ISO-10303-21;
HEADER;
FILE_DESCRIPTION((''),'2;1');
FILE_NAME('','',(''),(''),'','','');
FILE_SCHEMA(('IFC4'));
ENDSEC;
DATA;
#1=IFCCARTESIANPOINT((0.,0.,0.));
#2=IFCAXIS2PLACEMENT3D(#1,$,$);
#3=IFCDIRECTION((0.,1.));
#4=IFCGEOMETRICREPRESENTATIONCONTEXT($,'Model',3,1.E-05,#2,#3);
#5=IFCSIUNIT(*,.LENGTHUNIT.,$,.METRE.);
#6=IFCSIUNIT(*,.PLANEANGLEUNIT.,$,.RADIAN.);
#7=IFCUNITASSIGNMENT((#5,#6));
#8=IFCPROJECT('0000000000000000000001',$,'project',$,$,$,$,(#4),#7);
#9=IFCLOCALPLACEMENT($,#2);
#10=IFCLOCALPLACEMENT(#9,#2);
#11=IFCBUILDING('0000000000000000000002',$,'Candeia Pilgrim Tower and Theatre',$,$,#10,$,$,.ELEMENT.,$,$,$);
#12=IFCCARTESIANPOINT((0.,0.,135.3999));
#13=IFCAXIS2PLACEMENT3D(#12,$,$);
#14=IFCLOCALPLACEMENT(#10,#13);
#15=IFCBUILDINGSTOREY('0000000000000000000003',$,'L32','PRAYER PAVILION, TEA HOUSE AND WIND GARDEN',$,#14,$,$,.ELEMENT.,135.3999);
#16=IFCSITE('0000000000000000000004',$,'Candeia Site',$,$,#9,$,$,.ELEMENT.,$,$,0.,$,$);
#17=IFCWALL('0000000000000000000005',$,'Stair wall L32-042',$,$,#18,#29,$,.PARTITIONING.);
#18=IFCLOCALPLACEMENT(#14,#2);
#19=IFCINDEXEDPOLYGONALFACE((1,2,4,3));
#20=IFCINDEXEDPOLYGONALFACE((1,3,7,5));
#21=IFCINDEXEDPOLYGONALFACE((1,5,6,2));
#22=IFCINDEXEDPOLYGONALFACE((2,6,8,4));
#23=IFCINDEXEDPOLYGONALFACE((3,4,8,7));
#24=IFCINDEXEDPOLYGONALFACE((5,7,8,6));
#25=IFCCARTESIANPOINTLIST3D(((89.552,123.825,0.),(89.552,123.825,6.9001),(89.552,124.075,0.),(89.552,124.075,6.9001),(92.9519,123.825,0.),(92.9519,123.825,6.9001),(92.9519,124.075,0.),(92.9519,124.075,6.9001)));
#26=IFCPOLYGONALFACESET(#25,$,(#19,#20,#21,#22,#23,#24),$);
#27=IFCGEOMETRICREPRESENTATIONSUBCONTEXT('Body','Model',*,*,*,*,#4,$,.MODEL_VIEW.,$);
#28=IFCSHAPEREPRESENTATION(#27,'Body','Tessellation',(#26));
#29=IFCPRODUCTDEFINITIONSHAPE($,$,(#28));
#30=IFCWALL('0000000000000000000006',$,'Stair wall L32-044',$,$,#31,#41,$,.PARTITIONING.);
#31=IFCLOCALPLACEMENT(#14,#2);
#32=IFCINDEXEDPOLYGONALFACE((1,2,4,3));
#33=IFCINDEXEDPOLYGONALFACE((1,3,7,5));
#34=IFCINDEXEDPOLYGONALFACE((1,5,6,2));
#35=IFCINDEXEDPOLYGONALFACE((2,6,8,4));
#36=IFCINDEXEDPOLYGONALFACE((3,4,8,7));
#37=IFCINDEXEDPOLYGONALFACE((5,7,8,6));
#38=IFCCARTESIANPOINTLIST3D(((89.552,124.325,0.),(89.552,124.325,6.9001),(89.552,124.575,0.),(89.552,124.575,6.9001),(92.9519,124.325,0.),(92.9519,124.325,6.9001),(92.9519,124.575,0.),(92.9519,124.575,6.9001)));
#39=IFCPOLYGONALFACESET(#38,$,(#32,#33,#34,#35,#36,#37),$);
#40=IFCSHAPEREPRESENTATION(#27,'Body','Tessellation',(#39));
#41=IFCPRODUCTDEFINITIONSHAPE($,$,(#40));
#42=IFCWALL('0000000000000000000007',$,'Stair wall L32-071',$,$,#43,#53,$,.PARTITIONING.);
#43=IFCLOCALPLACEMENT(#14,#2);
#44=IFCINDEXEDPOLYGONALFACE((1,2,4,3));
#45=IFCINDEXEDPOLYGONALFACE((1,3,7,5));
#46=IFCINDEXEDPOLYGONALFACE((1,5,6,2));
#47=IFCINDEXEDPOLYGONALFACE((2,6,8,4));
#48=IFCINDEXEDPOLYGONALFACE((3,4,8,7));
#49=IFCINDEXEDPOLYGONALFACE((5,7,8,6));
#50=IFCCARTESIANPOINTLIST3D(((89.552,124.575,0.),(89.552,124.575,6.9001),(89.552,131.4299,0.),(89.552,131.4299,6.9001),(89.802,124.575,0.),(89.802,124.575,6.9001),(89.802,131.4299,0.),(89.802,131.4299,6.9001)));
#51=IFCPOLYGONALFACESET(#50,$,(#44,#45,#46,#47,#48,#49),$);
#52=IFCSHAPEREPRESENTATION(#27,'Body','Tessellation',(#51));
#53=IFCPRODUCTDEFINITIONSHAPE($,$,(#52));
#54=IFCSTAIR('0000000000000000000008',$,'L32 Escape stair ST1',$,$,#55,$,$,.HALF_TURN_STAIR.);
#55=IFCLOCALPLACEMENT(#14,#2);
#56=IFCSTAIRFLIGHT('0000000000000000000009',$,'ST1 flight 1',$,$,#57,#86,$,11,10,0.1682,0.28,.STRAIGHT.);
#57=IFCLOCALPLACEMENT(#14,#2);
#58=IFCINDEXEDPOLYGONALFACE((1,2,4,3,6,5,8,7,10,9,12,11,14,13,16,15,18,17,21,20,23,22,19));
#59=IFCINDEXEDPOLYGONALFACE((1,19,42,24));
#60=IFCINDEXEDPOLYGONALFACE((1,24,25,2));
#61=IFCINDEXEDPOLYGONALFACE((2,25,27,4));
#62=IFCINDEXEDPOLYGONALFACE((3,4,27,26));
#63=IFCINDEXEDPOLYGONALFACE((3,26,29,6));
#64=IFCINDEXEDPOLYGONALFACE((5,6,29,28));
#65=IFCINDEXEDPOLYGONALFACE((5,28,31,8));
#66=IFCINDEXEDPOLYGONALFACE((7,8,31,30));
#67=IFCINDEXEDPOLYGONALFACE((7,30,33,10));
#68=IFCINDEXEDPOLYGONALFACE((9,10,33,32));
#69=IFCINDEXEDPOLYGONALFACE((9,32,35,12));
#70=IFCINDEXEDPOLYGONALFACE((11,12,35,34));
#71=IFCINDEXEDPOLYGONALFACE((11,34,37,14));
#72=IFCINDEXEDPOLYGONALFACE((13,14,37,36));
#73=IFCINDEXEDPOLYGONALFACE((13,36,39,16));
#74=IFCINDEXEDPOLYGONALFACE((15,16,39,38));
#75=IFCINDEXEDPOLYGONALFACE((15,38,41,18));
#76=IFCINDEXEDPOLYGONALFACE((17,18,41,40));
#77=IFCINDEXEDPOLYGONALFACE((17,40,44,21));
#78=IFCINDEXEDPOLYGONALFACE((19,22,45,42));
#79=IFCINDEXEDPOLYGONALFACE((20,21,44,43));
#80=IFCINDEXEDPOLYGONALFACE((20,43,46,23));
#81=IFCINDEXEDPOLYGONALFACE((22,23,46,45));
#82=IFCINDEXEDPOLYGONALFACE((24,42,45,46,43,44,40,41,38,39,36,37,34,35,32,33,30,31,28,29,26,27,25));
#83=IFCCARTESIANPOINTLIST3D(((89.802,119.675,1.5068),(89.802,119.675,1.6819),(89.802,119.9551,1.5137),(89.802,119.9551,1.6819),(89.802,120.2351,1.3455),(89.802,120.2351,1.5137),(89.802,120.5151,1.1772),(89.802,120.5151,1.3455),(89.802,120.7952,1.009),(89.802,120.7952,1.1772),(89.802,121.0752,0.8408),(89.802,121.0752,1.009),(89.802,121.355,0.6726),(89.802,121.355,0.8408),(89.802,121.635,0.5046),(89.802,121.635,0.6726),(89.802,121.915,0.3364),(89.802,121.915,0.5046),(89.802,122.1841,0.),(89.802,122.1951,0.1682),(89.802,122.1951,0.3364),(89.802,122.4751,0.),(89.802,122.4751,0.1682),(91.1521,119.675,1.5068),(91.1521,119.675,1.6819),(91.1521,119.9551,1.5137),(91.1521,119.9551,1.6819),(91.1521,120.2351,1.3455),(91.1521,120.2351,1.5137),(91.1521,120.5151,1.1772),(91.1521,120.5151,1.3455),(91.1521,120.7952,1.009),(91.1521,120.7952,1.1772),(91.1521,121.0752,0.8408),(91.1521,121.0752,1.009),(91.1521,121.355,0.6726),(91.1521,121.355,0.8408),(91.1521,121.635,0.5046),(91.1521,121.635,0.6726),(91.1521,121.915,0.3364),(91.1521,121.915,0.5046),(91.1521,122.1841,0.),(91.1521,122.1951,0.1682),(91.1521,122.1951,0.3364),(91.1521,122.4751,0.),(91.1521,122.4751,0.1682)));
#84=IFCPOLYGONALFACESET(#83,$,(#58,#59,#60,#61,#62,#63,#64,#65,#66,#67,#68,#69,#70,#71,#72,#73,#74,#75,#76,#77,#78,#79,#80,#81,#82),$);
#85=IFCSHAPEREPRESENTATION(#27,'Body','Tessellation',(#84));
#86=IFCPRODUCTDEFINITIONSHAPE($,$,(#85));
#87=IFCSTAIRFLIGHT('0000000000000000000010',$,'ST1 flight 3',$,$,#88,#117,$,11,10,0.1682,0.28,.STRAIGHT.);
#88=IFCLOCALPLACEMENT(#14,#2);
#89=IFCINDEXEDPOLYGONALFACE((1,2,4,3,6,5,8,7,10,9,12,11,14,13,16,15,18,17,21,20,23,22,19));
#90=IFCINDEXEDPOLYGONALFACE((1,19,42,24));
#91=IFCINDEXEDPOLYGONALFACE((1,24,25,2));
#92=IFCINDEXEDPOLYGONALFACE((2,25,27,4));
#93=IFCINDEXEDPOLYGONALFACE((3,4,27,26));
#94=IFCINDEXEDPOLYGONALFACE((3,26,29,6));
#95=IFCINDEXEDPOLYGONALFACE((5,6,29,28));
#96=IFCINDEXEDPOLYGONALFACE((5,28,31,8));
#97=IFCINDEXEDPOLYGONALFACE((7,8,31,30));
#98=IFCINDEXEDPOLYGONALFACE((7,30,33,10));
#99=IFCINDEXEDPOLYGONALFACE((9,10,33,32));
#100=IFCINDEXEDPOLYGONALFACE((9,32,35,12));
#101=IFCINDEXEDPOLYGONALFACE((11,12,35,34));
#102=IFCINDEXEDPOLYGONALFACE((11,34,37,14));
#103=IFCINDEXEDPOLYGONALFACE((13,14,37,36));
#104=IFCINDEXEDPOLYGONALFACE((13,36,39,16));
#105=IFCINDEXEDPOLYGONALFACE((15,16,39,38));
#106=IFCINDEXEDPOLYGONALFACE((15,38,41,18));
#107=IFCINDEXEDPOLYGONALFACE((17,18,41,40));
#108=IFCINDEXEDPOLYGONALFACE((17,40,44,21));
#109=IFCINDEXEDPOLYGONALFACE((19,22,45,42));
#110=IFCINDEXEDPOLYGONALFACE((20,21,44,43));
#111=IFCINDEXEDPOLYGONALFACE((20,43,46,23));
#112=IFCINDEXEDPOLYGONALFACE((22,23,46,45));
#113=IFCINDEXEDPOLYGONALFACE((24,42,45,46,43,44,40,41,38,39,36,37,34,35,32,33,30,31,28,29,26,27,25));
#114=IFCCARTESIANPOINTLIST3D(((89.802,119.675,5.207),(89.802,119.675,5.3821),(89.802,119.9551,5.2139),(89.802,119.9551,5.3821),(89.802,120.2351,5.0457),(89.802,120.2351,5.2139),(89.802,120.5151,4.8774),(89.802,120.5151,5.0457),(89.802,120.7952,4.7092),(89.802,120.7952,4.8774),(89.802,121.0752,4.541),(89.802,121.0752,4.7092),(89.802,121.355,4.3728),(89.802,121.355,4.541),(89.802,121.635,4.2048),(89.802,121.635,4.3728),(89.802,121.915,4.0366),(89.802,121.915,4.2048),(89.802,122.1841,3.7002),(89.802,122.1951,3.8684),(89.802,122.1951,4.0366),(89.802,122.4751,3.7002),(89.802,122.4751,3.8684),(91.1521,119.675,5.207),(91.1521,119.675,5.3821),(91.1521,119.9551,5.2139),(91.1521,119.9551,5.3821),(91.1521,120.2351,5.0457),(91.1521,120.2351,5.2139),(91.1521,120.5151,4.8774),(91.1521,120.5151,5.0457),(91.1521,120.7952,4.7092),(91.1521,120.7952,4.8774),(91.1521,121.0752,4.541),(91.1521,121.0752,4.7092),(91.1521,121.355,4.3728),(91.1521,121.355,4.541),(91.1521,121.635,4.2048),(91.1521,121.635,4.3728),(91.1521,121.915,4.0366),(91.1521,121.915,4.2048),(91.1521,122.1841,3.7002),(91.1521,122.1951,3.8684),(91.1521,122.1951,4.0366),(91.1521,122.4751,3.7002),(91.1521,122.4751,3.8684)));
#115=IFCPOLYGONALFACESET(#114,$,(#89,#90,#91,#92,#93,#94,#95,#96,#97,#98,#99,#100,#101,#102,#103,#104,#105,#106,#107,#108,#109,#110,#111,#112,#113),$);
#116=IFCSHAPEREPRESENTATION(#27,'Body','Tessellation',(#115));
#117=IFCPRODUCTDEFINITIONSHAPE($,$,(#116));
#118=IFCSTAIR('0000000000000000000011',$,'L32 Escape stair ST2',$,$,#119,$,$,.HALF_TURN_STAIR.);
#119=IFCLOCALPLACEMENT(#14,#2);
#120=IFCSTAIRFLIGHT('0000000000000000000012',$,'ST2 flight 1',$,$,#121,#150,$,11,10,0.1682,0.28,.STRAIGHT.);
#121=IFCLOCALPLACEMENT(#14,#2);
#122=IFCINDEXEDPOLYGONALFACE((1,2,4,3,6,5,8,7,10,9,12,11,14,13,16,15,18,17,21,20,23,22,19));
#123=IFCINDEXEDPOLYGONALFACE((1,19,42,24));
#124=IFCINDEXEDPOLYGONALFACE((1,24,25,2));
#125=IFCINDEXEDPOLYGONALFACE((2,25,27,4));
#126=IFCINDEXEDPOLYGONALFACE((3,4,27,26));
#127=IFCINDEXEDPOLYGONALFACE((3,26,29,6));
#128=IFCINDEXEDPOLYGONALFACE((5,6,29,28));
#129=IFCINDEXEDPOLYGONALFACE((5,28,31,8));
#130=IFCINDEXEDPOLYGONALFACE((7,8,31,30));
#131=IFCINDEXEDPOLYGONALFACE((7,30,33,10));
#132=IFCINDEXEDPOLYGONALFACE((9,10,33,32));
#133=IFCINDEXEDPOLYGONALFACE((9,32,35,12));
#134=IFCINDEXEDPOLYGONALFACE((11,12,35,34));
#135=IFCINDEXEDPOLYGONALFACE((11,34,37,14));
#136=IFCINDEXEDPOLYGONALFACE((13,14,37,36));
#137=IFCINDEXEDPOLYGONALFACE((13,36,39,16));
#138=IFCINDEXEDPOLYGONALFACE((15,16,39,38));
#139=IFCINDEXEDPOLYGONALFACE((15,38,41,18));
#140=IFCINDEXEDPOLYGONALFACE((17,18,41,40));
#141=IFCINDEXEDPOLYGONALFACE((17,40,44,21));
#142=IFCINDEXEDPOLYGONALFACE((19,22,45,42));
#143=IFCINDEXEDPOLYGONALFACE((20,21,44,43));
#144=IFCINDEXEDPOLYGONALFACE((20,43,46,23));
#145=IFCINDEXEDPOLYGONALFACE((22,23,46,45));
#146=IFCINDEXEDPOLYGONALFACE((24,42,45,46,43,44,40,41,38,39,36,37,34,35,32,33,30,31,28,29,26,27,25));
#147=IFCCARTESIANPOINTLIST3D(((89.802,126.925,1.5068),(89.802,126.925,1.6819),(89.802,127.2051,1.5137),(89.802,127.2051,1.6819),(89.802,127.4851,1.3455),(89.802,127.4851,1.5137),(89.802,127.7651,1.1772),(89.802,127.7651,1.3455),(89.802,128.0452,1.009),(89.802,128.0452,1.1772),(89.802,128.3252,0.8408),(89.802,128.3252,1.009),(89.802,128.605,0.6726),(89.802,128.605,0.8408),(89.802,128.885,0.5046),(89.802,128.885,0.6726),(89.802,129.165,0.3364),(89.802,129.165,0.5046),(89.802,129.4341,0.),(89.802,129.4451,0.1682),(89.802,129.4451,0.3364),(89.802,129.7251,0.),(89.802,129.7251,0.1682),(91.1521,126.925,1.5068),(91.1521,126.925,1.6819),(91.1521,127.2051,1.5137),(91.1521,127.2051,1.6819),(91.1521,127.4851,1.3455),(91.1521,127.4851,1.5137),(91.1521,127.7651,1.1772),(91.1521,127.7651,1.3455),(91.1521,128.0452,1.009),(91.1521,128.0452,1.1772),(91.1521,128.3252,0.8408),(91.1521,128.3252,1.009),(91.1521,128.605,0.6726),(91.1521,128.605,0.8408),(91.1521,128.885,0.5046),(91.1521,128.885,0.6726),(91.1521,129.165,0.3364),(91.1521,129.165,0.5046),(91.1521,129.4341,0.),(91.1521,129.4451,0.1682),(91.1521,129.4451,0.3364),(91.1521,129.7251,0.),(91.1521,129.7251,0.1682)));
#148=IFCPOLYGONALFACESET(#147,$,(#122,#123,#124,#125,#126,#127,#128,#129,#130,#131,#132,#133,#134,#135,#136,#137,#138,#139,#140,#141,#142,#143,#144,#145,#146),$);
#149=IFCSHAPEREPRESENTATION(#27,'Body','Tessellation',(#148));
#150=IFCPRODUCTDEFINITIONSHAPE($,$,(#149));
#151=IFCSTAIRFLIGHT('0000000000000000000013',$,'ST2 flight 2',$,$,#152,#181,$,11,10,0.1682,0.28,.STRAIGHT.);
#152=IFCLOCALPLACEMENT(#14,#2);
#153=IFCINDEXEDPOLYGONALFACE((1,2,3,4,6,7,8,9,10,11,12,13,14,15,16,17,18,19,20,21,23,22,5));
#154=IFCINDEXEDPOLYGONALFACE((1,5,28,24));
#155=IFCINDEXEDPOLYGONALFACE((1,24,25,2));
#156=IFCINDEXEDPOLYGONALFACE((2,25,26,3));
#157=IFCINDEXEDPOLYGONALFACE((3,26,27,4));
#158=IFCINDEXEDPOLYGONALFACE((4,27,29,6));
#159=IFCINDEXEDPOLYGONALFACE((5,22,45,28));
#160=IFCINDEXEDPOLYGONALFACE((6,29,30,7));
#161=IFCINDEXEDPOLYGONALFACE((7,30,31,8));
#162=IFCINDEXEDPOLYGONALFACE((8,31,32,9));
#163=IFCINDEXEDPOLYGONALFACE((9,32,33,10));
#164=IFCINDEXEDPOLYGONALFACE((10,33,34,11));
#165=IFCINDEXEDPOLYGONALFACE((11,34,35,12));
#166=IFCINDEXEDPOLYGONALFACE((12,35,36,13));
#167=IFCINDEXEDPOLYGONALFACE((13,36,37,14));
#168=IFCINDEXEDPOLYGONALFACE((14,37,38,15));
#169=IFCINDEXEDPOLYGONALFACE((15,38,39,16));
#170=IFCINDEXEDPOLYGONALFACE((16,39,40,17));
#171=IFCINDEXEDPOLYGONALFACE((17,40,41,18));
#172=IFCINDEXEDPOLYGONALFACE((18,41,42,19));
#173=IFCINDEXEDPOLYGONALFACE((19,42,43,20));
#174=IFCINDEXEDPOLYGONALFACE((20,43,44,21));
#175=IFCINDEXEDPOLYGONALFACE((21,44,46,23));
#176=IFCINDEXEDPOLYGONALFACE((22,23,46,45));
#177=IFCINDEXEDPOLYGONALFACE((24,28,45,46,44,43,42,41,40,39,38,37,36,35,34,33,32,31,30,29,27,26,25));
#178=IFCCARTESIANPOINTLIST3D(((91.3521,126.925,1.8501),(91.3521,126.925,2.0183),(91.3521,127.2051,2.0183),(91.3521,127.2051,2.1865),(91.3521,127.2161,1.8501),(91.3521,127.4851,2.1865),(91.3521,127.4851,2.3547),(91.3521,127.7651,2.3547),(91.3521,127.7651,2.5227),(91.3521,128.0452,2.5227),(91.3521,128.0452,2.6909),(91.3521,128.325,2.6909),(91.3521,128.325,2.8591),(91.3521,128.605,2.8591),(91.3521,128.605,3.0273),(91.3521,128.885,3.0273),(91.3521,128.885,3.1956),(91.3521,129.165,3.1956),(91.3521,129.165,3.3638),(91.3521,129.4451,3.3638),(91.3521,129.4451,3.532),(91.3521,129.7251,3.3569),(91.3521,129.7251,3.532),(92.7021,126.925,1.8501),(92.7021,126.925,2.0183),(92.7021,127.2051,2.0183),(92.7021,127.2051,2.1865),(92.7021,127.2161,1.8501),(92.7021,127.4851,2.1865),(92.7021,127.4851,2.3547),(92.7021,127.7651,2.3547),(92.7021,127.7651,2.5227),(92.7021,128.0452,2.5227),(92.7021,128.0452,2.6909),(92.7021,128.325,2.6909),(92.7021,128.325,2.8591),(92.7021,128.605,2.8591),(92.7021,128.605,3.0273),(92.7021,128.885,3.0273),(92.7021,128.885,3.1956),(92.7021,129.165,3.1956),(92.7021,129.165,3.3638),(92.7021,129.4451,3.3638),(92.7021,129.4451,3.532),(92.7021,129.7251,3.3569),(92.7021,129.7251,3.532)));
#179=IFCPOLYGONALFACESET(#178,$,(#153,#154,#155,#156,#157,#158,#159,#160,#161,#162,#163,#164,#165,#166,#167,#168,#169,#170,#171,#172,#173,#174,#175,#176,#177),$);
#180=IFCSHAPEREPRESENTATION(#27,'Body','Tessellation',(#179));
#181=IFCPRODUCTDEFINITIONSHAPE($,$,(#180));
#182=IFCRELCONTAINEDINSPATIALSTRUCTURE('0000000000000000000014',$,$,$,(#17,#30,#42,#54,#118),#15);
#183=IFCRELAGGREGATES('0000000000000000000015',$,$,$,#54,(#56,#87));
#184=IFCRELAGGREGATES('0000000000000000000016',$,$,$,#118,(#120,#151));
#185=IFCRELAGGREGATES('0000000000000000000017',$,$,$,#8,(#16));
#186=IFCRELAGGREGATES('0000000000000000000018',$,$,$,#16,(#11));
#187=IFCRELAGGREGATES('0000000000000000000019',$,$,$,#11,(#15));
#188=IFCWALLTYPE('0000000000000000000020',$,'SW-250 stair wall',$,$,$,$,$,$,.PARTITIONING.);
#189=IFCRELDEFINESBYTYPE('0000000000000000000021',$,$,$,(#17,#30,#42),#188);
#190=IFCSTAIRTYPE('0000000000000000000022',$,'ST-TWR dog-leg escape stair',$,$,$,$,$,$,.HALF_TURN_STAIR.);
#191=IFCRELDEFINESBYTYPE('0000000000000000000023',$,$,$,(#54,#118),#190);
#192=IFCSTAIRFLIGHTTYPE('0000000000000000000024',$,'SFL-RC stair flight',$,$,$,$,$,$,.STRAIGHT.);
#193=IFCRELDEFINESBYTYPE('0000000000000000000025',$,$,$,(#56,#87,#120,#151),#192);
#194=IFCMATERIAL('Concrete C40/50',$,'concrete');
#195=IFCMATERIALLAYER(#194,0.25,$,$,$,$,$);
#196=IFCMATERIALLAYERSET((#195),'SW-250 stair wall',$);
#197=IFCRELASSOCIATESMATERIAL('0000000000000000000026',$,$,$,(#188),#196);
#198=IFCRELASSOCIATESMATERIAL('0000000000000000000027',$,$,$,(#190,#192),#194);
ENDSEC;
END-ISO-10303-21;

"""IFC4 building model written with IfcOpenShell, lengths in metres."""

from ifc_helpers import new_model, si_unit, direction, frame, frame_2d, origin, place, context, subcontext, project, spatial, polyline, rectangle, outline, extrude, material, layer, layer_set, type_object, element, aggregate, save


model = new_model("IFC4")

# Units and contexts
model_context = context("Model", 3, precision=1e-05, world=origin(), true_north=direction((0.0, 1.0)))
body_context = subcontext(model_context, "Body", "Model", "MODEL_VIEW")
ifc_project = project(units=[si_unit("LENGTHUNIT", "METRE"), si_unit("PLANEANGLEUNIT", "RADIAN")], contexts=[model_context])

# Site, building, storey
site_placement = place(None, origin())
site = spatial("IfcSite", under=ifc_project, at=site_placement, Name="Candeia Site", CompositionType="ELEMENT", RefElevation=0.0)
building_placement = place(site_placement, origin())
building = spatial("IfcBuilding", under=site, at=building_placement, Name="Candeia Pilgrim Tower and Theatre", CompositionType="ELEMENT")
storey_placement = place(building_placement, frame((0.0, 0.0, 135.3999)))
storey = spatial("IfcBuildingStorey", under=building, at=storey_placement, Name="L32", Description="PRAYER PAVILION, TEA HOUSE AND WIND GARDEN", CompositionType="ELEMENT", Elevation=135.3999)

# Walls
ifc_material_1 = material(Name="Concrete C40/50", Category="concrete")
ifc_layer = layer(ifc_material_1, 0.25)
ifc_layer_set = layer_set([ifc_layer], Name="SW-250 stair wall")
wall_type = type_object("IfcWallType", Name="SW-250 stair wall", PredefinedType="PARTITIONING", material=ifc_layer_set)
for number, where, z_axis, x_axis, name in (
    (1, (89.552, 123.95, 0.0), (0.0, 0.0, 1.0), (1.0, 0.0, 0.0), "Stair wall L32-042"),
    (2, (89.552, 124.45, 0.0), (0.0, 0.0, 1.0), (1.0, 0.0, 0.0), "Stair wall L32-044"),
):
    element("IfcWall", number, at=place(storey_placement, frame(where, z_axis=z_axis, x_axis=x_axis)), inside=storey, type_object=wall_type, Name=name, PredefinedType="PARTITIONING", context=body_context, shape_type="SweptSolid", body=[
        extrude(rectangle(XDim=3.3999, YDim=0.25, at=frame_2d((1.7, 0.0))), origin(), (0.0, 0.0, 1.0), 6.9001),
    ])
wall_placement = place(storey_placement, frame((89.677, 124.575, 0.0), z_axis=(0.0, 0.0, 1.0), x_axis=(0.0, 1.0, 0.0)))
element("IfcWall", 3, at=wall_placement, inside=storey, type_object=wall_type, Name="Stair wall L32-071", PredefinedType="PARTITIONING", context=body_context, shape_type="SweptSolid", body=[
    extrude(rectangle(XDim=6.855, YDim=0.25, at=frame_2d((3.4275, 0.0))), origin(), (0.0, 0.0, 1.0), 6.9001),
])

# Stairs, stair flights
stair_type = type_object("IfcStairType", Name="ST-TWR dog-leg escape stair", PredefinedType="HALF_TURN_STAIR", material=ifc_material_1)
stair_1_placement = place(storey_placement, origin())
stair_1 = element("IfcStair", 4, at=stair_1_placement, inside=storey, type_object=stair_type, Name="L32 Escape stair ST1", PredefinedType="HALF_TURN_STAIR")
stair_flight_type = type_object("IfcStairFlightType", Name="SFL-RC stair flight", PredefinedType="STRAIGHT", material=ifc_material_1)
stair_flight_1_placement = place(storey_placement, frame((90.4771, 122.4751, 0.0), z_axis=(0.0, 0.0, 1.0), x_axis=(0.0, -1.0, 0.0)))
stair_flight_1 = element("IfcStairFlight", 5, at=stair_flight_1_placement, type_object=stair_flight_type, Name="ST1 flight 1", NumberOfRisers=11, NumberOfTreads=10, PredefinedType="STRAIGHT", RiserHeight=0.1682, TreadLength=0.28, context=body_context, shape_type="SweptSolid", body=[
    extrude(outline(polyline([(0.0, 0.0), (0.0, 0.1682), (0.28, 0.1682), (0.28, 0.3364), (0.5601, 0.3364), (0.5601, 0.5046), (0.8401, 0.5046), (0.8401, 0.6726), (1.1201, 0.6726), (1.1201, 0.8408), (1.3999, 0.8408), (1.3999, 1.009), (1.6799, 1.009), (1.6799, 1.1772), (1.96, 1.1772), (1.96, 1.3455), (2.24, 1.3455), (2.24, 1.5137), (2.52, 1.5137), (2.52, 1.6819), (2.8, 1.6819), (2.8, 1.8501), (2.8, 1.5068), (0.291, 0.0), (0.0, 0.0)])), frame((0.0, 0.675, 0.0), z_axis=(0.0, -1.0, 0.0), x_axis=(1.0, 0.0, 0.0)), (0.0, 0.0, 1.0), 1.3501),
])
stair_flight_2_placement = place(storey_placement, frame((90.4771, 122.4751, 3.7002), z_axis=(0.0, 0.0, 1.0), x_axis=(0.0, -1.0, 0.0)))
stair_flight_2 = element("IfcStairFlight", 6, at=stair_flight_2_placement, type_object=stair_flight_type, Name="ST1 flight 3", NumberOfRisers=11, NumberOfTreads=10, PredefinedType="STRAIGHT", RiserHeight=0.1682, TreadLength=0.28, context=body_context, shape_type="SweptSolid", body=[
    extrude(outline(polyline([(0.0, 0.0), (0.0, 0.1682), (0.28, 0.1682), (0.28, 0.3364), (0.5601, 0.3364), (0.5601, 0.5046), (0.8401, 0.5046), (0.8401, 0.6726), (1.1201, 0.6726), (1.1201, 0.8408), (1.3999, 0.8408), (1.3999, 1.009), (1.6799, 1.009), (1.6799, 1.1772), (1.96, 1.1772), (1.96, 1.3455), (2.24, 1.3455), (2.24, 1.5137), (2.52, 1.5137), (2.52, 1.6819), (2.8, 1.6819), (2.8, 1.8501), (2.8, 1.5068), (0.291, 0.0), (0.0, 0.0)])), frame((0.0, 0.675, 0.0), z_axis=(0.0, -1.0, 0.0), x_axis=(1.0, 0.0, 0.0)), (0.0, 0.0, 1.0), 1.3501),
])
aggregate(stair_1, [stair_flight_1, stair_flight_2])
stair_2_placement = place(storey_placement, origin())
stair_2 = element("IfcStair", 7, at=stair_2_placement, inside=storey, type_object=stair_type, Name="L32 Escape stair ST2", PredefinedType="HALF_TURN_STAIR")
stair_flight_3_placement = place(storey_placement, frame((90.4771, 129.7251, 0.0), z_axis=(0.0, 0.0, 1.0), x_axis=(0.0, -1.0, 0.0)))
stair_flight_3 = element("IfcStairFlight", 8, at=stair_flight_3_placement, type_object=stair_flight_type, Name="ST2 flight 1", NumberOfRisers=11, NumberOfTreads=10, PredefinedType="STRAIGHT", RiserHeight=0.1682, TreadLength=0.28, context=body_context, shape_type="SweptSolid", body=[
    extrude(outline(polyline([(0.0, 0.0), (0.0, 0.1682), (0.28, 0.1682), (0.28, 0.3364), (0.5601, 0.3364), (0.5601, 0.5046), (0.8401, 0.5046), (0.8401, 0.6726), (1.1201, 0.6726), (1.1201, 0.8408), (1.3999, 0.8408), (1.3999, 1.009), (1.6799, 1.009), (1.6799, 1.1772), (1.96, 1.1772), (1.96, 1.3455), (2.24, 1.3455), (2.24, 1.5137), (2.52, 1.5137), (2.52, 1.6819), (2.8, 1.6819), (2.8, 1.8501), (2.8, 1.5068), (0.291, 0.0), (0.0, 0.0)])), frame((0.0, 0.675, 0.0), z_axis=(0.0, -1.0, 0.0), x_axis=(1.0, 0.0, 0.0)), (0.0, 0.0, 1.0), 1.3501),
])
stair_flight_4_placement = place(storey_placement, frame((92.0271, 126.925, 1.8501), z_axis=(0.0, 0.0, 1.0), x_axis=(0.0, 1.0, 0.0)))
stair_flight_4 = element("IfcStairFlight", 9, at=stair_flight_4_placement, type_object=stair_flight_type, Name="ST2 flight 2", NumberOfRisers=11, NumberOfTreads=10, PredefinedType="STRAIGHT", RiserHeight=0.1682, TreadLength=0.28, context=body_context, shape_type="SweptSolid", body=[
    extrude(outline(polyline([(0.0, 0.0), (0.0, 0.1682), (0.28, 0.1682), (0.28, 0.3364), (0.5601, 0.3364), (0.5601, 0.5046), (0.8401, 0.5046), (0.8401, 0.6726), (1.1201, 0.6726), (1.1201, 0.8408), (1.3999, 0.8408), (1.3999, 1.009), (1.6799, 1.009), (1.6799, 1.1772), (1.96, 1.1772), (1.96, 1.3455), (2.24, 1.3455), (2.24, 1.5137), (2.52, 1.5137), (2.52, 1.6819), (2.8, 1.6819), (2.8, 1.8501), (2.8, 1.5068), (0.291, 0.0), (0.0, 0.0)])), frame((0.0, 0.675, 0.0), z_axis=(0.0, -1.0, 0.0), x_axis=(1.0, 0.0, 0.0)), (0.0, 0.0, 1.0), 1.3501),
])
aggregate(stair_2, [stair_flight_3, stair_flight_4])

save(model, "model.ifc")
